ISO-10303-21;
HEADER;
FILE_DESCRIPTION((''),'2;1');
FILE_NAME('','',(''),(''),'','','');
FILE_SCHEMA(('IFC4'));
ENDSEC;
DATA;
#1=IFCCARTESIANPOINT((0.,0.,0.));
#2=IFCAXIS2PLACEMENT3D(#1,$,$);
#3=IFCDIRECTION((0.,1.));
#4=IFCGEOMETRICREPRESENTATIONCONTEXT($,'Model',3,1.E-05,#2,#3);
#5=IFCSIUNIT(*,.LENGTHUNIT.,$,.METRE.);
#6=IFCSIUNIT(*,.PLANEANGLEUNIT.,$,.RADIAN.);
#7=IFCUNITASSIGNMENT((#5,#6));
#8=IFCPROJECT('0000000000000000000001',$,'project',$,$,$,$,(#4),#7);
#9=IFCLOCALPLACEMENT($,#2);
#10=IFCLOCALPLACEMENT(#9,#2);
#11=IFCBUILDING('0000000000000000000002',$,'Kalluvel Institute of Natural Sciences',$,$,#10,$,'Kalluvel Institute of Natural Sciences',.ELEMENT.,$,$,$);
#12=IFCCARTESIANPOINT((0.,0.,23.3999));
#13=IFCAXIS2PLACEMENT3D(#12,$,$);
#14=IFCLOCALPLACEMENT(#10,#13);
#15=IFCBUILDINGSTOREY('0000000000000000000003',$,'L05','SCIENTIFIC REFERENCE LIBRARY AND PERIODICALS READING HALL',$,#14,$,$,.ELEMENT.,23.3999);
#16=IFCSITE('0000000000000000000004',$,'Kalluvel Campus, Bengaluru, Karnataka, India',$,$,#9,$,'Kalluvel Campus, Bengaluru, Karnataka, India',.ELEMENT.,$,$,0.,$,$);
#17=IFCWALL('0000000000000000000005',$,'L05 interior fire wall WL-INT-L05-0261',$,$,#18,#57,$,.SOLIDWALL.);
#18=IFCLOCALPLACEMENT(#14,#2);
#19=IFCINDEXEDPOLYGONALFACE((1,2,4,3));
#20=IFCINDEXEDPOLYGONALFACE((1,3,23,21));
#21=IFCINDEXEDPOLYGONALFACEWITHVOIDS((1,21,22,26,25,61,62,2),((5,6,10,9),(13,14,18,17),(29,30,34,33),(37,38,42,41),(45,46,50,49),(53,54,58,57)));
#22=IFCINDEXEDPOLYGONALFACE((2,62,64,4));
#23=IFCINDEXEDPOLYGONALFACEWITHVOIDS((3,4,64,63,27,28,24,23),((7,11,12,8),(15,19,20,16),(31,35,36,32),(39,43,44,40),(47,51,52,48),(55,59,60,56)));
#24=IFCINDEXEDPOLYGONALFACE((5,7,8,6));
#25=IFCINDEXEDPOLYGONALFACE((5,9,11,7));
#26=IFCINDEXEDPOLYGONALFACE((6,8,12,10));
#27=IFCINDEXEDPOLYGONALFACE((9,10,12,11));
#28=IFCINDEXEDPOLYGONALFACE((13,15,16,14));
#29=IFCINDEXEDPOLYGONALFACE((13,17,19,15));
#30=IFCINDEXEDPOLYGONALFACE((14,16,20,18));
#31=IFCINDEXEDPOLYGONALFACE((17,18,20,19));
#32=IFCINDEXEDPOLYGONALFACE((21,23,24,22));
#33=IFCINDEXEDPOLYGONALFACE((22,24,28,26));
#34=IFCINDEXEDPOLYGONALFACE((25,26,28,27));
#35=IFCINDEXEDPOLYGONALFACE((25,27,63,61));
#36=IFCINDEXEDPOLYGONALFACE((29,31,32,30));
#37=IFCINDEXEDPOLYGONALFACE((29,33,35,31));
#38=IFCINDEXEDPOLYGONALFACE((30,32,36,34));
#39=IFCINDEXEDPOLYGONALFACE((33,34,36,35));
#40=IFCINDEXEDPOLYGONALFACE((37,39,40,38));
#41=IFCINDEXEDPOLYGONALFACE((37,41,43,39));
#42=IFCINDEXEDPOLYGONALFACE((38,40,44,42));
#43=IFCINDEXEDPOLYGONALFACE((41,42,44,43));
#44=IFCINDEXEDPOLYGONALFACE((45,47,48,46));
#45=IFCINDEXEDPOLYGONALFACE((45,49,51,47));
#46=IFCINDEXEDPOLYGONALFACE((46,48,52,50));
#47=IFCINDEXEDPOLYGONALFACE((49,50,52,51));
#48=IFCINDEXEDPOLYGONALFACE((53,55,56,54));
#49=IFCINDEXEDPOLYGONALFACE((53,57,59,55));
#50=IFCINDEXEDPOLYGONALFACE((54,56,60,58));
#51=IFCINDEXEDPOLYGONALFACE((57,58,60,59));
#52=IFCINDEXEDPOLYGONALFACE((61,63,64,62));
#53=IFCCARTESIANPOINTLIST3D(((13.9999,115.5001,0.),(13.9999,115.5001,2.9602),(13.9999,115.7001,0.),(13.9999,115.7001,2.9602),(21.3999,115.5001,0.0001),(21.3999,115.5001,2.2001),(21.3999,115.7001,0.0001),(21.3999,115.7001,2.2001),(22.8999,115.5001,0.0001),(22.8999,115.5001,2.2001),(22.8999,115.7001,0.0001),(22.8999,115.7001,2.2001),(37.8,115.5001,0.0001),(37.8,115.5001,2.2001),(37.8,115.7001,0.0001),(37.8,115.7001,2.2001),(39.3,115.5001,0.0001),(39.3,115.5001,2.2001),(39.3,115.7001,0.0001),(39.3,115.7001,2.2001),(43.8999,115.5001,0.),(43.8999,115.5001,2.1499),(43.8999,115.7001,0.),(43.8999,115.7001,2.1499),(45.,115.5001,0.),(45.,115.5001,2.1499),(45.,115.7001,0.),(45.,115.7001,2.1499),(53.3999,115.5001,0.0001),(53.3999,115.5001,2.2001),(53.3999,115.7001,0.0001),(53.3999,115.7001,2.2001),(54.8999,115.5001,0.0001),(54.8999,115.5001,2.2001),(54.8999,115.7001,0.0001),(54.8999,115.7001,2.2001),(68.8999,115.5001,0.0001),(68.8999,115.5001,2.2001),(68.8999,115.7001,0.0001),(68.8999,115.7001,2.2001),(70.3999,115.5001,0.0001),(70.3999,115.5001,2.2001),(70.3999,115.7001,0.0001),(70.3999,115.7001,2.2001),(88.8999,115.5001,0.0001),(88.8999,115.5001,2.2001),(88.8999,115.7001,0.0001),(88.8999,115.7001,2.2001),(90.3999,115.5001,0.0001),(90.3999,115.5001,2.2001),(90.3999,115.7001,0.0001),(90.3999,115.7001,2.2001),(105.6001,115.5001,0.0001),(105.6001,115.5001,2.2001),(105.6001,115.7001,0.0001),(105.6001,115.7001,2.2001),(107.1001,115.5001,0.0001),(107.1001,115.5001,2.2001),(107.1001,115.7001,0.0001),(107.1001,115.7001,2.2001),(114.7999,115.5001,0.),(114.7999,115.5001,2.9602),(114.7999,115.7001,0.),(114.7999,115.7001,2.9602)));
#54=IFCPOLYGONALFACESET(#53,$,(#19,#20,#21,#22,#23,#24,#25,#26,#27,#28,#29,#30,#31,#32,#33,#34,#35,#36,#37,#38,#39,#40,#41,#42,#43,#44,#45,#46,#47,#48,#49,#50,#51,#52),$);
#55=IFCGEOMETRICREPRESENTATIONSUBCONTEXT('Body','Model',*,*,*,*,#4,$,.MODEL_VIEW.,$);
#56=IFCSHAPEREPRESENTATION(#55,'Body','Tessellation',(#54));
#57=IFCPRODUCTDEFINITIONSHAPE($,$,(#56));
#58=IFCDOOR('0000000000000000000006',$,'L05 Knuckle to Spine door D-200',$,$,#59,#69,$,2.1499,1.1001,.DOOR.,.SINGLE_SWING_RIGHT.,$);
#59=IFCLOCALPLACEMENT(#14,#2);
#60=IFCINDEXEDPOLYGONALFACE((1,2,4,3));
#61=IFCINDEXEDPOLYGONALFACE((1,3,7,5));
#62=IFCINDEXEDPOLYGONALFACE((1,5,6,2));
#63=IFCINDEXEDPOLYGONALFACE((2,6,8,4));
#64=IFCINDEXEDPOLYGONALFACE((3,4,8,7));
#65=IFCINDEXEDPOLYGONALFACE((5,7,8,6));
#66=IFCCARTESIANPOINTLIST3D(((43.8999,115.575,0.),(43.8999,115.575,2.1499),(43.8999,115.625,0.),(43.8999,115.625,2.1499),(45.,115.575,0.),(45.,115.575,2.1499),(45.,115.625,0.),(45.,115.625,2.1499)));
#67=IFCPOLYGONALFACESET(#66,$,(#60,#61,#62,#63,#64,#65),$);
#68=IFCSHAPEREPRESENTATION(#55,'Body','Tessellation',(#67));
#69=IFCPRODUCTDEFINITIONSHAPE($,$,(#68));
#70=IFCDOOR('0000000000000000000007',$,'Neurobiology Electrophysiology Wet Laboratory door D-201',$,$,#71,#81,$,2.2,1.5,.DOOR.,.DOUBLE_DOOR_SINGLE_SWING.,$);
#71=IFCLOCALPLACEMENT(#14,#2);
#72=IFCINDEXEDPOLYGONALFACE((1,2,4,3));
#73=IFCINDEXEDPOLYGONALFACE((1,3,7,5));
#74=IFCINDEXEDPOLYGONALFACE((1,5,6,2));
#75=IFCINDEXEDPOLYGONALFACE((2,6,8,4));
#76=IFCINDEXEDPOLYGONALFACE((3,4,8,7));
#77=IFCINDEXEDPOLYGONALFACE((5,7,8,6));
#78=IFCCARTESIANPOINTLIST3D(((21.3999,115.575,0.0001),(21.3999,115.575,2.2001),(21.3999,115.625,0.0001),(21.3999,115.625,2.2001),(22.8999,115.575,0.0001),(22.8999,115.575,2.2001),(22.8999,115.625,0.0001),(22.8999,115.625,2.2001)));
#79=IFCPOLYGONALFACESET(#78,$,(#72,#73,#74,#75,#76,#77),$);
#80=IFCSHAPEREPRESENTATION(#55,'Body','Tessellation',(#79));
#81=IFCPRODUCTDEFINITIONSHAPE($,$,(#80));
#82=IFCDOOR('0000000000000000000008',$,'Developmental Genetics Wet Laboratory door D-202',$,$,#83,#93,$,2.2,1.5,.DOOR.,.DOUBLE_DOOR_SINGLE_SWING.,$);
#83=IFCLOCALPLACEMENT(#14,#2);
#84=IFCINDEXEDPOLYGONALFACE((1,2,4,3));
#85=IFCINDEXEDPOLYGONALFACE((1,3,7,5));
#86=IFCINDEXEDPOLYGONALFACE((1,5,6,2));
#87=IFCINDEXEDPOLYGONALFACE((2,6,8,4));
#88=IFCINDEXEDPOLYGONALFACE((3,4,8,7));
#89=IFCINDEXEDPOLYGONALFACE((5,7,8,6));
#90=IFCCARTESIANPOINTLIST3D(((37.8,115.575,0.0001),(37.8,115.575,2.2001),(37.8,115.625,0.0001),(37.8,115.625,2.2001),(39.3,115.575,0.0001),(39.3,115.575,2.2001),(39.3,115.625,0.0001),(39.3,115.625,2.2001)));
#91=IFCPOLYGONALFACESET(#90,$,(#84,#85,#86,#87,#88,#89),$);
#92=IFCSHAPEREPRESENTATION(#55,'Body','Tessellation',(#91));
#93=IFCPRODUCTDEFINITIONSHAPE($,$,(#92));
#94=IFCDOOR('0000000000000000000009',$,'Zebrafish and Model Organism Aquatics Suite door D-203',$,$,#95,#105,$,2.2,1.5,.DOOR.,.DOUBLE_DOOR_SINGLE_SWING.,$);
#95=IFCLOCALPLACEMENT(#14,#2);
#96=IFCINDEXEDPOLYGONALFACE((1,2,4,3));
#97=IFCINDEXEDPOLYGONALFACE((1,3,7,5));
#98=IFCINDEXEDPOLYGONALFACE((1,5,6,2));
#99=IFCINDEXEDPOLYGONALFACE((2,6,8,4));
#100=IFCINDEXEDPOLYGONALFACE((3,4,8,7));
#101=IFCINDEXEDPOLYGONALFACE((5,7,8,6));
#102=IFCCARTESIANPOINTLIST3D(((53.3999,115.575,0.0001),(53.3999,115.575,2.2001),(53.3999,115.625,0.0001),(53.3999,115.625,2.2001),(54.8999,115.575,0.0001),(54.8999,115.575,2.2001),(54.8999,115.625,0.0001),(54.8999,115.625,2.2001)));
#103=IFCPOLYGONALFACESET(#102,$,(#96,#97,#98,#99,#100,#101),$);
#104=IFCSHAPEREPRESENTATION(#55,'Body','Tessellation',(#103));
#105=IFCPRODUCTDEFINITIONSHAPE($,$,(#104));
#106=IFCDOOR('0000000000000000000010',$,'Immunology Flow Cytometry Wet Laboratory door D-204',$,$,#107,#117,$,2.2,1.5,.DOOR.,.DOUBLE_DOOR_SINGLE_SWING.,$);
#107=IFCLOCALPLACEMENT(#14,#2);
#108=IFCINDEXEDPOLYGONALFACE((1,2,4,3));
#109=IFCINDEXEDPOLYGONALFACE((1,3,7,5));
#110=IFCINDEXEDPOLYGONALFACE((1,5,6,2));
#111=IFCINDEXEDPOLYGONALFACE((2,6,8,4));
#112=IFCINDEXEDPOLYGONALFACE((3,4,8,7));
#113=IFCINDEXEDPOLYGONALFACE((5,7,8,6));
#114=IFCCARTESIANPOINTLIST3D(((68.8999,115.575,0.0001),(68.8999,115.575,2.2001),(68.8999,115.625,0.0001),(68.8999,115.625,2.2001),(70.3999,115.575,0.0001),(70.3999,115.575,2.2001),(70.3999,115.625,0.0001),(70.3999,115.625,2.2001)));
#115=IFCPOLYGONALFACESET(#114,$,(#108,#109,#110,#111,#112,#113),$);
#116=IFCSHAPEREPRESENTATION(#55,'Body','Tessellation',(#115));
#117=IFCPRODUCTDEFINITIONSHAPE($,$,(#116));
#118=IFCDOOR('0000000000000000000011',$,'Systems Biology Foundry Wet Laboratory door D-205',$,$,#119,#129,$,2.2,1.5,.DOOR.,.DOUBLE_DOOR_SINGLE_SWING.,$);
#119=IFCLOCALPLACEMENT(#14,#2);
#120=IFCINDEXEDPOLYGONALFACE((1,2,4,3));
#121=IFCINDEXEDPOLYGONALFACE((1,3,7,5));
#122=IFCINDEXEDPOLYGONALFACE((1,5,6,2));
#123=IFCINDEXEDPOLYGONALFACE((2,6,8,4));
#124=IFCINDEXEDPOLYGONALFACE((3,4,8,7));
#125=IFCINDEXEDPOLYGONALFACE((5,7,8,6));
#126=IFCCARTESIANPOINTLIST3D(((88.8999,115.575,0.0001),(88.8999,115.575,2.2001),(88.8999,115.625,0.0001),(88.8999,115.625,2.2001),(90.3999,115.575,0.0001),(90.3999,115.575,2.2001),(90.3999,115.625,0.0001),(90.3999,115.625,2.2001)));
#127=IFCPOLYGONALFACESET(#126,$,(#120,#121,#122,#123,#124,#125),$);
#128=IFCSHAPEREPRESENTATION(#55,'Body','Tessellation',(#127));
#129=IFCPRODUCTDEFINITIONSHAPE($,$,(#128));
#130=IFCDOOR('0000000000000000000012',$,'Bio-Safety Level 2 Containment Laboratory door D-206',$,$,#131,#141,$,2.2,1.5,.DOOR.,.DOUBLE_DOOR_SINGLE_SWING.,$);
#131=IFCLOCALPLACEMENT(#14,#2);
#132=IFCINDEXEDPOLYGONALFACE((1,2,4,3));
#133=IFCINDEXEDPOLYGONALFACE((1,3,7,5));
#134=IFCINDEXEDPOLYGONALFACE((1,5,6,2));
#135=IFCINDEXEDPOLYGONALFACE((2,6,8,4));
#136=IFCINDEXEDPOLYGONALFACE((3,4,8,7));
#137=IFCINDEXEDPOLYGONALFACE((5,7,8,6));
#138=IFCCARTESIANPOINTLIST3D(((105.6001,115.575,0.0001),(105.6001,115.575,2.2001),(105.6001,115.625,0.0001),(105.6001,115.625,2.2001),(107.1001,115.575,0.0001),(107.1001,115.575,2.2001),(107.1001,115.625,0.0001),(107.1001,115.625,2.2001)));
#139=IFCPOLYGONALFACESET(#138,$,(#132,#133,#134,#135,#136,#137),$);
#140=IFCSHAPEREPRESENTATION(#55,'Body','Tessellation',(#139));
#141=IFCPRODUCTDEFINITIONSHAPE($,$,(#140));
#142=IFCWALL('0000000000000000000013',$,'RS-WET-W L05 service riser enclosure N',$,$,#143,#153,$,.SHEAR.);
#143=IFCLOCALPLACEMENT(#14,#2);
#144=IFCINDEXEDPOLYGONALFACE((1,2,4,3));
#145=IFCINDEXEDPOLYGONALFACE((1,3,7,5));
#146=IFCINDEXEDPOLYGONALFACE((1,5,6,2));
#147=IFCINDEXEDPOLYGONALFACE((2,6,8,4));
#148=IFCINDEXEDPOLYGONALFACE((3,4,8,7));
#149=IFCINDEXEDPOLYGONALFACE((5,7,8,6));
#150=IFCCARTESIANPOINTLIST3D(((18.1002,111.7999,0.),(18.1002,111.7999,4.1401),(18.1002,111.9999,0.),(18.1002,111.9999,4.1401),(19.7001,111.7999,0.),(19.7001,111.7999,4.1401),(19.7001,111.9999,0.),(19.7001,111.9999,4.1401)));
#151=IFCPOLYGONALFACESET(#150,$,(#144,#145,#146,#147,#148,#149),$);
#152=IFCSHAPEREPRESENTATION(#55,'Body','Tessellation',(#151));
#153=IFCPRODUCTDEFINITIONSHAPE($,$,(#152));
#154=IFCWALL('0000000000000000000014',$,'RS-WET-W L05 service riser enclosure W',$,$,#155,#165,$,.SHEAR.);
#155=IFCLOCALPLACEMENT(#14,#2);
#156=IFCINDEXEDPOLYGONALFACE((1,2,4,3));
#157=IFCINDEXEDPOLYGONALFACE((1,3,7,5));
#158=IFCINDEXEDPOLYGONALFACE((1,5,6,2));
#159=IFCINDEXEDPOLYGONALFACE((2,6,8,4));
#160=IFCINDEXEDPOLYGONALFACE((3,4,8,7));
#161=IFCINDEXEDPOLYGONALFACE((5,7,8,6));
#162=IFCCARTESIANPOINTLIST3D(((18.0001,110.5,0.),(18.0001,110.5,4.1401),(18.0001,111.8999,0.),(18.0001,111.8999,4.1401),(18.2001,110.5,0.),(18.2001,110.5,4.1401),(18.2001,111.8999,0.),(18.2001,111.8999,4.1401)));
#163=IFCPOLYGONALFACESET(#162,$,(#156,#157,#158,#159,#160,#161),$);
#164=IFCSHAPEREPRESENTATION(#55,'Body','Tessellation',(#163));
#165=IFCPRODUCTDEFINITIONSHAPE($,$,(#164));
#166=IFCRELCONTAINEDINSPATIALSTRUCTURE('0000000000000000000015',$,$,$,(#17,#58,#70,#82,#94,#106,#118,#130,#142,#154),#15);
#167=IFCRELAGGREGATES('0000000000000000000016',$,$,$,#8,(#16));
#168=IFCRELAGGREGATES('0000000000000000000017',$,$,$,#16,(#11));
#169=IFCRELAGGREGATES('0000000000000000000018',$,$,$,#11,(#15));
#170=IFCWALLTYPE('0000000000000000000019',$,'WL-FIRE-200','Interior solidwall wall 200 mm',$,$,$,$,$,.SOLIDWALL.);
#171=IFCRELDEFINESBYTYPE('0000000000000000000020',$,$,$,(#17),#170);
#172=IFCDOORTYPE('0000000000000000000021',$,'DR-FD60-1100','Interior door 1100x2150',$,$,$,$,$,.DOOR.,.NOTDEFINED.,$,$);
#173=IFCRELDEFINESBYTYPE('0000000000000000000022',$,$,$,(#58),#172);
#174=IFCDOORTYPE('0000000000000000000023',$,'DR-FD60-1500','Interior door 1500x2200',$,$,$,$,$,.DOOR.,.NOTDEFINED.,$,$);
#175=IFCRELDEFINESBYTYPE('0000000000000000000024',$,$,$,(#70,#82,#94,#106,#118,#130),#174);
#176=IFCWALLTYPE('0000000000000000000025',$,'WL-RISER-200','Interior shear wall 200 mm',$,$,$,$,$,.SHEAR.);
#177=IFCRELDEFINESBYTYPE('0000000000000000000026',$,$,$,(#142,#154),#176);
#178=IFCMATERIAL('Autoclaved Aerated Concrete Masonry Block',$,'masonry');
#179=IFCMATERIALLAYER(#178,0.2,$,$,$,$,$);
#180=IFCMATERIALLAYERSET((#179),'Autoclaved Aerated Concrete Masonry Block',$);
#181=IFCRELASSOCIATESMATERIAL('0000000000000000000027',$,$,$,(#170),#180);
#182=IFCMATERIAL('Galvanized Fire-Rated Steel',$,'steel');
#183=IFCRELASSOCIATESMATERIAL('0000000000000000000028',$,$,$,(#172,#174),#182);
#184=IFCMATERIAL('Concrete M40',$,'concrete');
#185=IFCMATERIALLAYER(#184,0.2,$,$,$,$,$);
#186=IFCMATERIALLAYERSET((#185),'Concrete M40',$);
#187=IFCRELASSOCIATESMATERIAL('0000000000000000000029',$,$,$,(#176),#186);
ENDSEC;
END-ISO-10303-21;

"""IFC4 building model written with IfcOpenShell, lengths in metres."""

from ifc_helpers import new_model, si_unit, direction, frame, frame_2d, origin, place, context, subcontext, project, spatial, rectangle, extrude, material, layer, layer_set, type_object, element, fill, save


model = new_model("IFC4")

# Units and contexts
model_context = context("Model", 3, precision=1e-05, world=origin(), true_north=direction((0.0, 1.0)))
body_context = subcontext(model_context, "Body", "Model", "MODEL_VIEW")
ifc_project = project(units=[si_unit("LENGTHUNIT", "METRE"), si_unit("PLANEANGLEUNIT", "RADIAN")], contexts=[model_context])

# Site, building, storey
site_placement = place(None, origin())
site = spatial("IfcSite", under=ifc_project, at=site_placement, Name="Kalluvel Campus, Bengaluru, Karnataka, India", LongName="Kalluvel Campus, Bengaluru, Karnataka, India", CompositionType="ELEMENT", RefElevation=0.0)
building_placement = place(site_placement, origin())
building = spatial("IfcBuilding", under=site, at=building_placement, Name="Kalluvel Institute of Natural Sciences", LongName="Kalluvel Institute of Natural Sciences", CompositionType="ELEMENT")
storey_placement = place(building_placement, frame((0.0, 0.0, 23.3999)))
storey = spatial("IfcBuildingStorey", under=building, at=storey_placement, Name="L05", Description="SCIENTIFIC REFERENCE LIBRARY AND PERIODICALS READING HALL", CompositionType="ELEMENT", Elevation=23.3999)

# Shared definitions
ifc_material_1 = material(Name="Concrete M40", Category="concrete")

# Wall, openings, doors
ifc_material_2 = material(Name="Autoclaved Aerated Concrete Masonry Block", Category="masonry")
ifc_layer_1 = layer(ifc_material_2, 0.2)
ifc_layer_set_1 = layer_set([ifc_layer_1], Name="Autoclaved Aerated Concrete Masonry Block")
wall_type_1 = type_object("IfcWallType", Name="WL-FIRE-200", Description="Interior solidwall wall 200 mm", PredefinedType="SOLIDWALL", material=ifc_layer_set_1)
wall_1_placement = place(storey_placement, frame((14.0, 115.6001, 0.0), z_axis=(0.0, 0.0, 1.0), x_axis=(1.0, 0.0, 0.0)))
wall_1 = element("IfcWall", 1, at=wall_1_placement, inside=storey, type_object=wall_type_1, Name="L05 interior fire wall WL-INT-L05-0261", PredefinedType="SOLIDWALL", context=body_context, shape_type="SweptSolid", body=[
    extrude(rectangle(XDim=100.8, YDim=0.2, at=frame_2d((50.3999, 0.0))), origin(), (0.0, 0.0, 1.0), 2.9602),
])
opening_1_placement = place(wall_1_placement, frame((29.8999, 0.0, 0.0)))
opening_1 = element("IfcOpeningElement", 2, at=opening_1_placement, cuts=wall_1, PredefinedType="OPENING", context=body_context, shape_type="SweptSolid", body=[
    extrude(rectangle(XDim=1.1001, YDim=2.1499, at=frame_2d((0.55, 1.075))), frame((0.0, 0.1099, 0.0), z_axis=(0.0, -1.0, 0.0), x_axis=(1.0, 0.0, 0.0)), (0.0, 0.0, 1.0), 0.22),
])
opening_2_placement = place(wall_1_placement, frame((7.3999, 0.0, 0.0)))
opening_2 = element("IfcOpeningElement", 3, at=opening_2_placement, cuts=wall_1, PredefinedType="OPENING", context=body_context, shape_type="SweptSolid", body=[
    extrude(rectangle(XDim=1.5, YDim=2.2, at=frame_2d((0.75, 1.1001))), frame((0.0, 0.1099, 0.0), z_axis=(0.0, -1.0, 0.0), x_axis=(1.0, 0.0, 0.0)), (0.0, 0.0, 1.0), 0.22),
])
opening_3_placement = place(wall_1_placement, frame((23.8, 0.0, 0.0)))
opening_3 = element("IfcOpeningElement", 4, at=opening_3_placement, cuts=wall_1, PredefinedType="OPENING", context=body_context, shape_type="SweptSolid", body=[
    extrude(rectangle(XDim=1.5, YDim=2.2, at=frame_2d((0.75, 1.1001))), frame((0.0, 0.1099, 0.0), z_axis=(0.0, -1.0, 0.0), x_axis=(1.0, 0.0, 0.0)), (0.0, 0.0, 1.0), 0.22),
])
opening_4_placement = place(wall_1_placement, frame((39.3999, 0.0, 0.0)))
opening_4 = element("IfcOpeningElement", 5, at=opening_4_placement, cuts=wall_1, PredefinedType="OPENING", context=body_context, shape_type="SweptSolid", body=[
    extrude(rectangle(XDim=1.5, YDim=2.2, at=frame_2d((0.75, 1.1001))), frame((0.0, 0.1099, 0.0), z_axis=(0.0, -1.0, 0.0), x_axis=(1.0, 0.0, 0.0)), (0.0, 0.0, 1.0), 0.22),
])
opening_5_placement = place(wall_1_placement, frame((54.8999, 0.0, 0.0)))
opening_5 = element("IfcOpeningElement", 6, at=opening_5_placement, cuts=wall_1, PredefinedType="OPENING", context=body_context, shape_type="SweptSolid", body=[
    extrude(rectangle(XDim=1.5, YDim=2.2, at=frame_2d((0.75, 1.1001))), frame((0.0, 0.1099, 0.0), z_axis=(0.0, -1.0, 0.0), x_axis=(1.0, 0.0, 0.0)), (0.0, 0.0, 1.0), 0.22),
])
opening_6_placement = place(wall_1_placement, frame((74.8999, 0.0, 0.0)))
opening_6 = element("IfcOpeningElement", 7, at=opening_6_placement, cuts=wall_1, PredefinedType="OPENING", context=body_context, shape_type="SweptSolid", body=[
    extrude(rectangle(XDim=1.5, YDim=2.2, at=frame_2d((0.75, 1.1001))), frame((0.0, 0.1099, 0.0), z_axis=(0.0, -1.0, 0.0), x_axis=(1.0, 0.0, 0.0)), (0.0, 0.0, 1.0), 0.22),
])
opening_7_placement = place(wall_1_placement, frame((91.6001, 0.0, 0.0)))
opening_7 = element("IfcOpeningElement", 8, at=opening_7_placement, cuts=wall_1, PredefinedType="OPENING", context=body_context, shape_type="SweptSolid", body=[
    extrude(rectangle(XDim=1.5, YDim=2.2, at=frame_2d((0.75, 1.1001))), frame((0.0, 0.1099, 0.0), z_axis=(0.0, -1.0, 0.0), x_axis=(1.0, 0.0, 0.0)), (0.0, 0.0, 1.0), 0.22),
])
ifc_material_3 = material(Name="Galvanized Fire-Rated Steel", Category="steel")
door_type_1 = type_object("IfcDoorType", Name="DR-FD60-1100", Description="Interior door 1100x2150", OperationType="NOTDEFINED", PredefinedType="DOOR", material=ifc_material_3)
door_1_placement = place(opening_1_placement, origin())
door_1 = element("IfcDoor", 9, at=door_1_placement, inside=storey, type_object=door_type_1, Name="L05 Knuckle to Spine door D-200", OperationType="SINGLE_SWING_RIGHT", OverallHeight=2.1499, OverallWidth=1.1001, PredefinedType="DOOR", context=body_context, shape_type="SweptSolid", body=[
    extrude(rectangle(XDim=1.1001, YDim=2.1499, at=frame_2d((0.55, 1.075))), frame((0.0, 0.0249, 0.0), z_axis=(0.0, -1.0, 0.0), x_axis=(1.0, 0.0, 0.0)), (0.0, 0.0, 1.0), 0.05),
])
fill(opening_1, door_1)
door_type_2 = type_object("IfcDoorType", Name="DR-FD60-1500", Description="Interior door 1500x2200", OperationType="NOTDEFINED", PredefinedType="DOOR", material=ifc_material_3)
door_2_placement = place(opening_2_placement, origin())
door_2 = element("IfcDoor", 10, at=door_2_placement, inside=storey, type_object=door_type_2, Name="Neurobiology Electrophysiology Wet Laboratory door D-201", OperationType="DOUBLE_DOOR_SINGLE_SWING", OverallHeight=2.2, OverallWidth=1.5, PredefinedType="DOOR", context=body_context, shape_type="SweptSolid", body=[
    extrude(rectangle(XDim=1.5, YDim=2.2, at=frame_2d((0.75, 1.1001))), frame((0.0, 0.0249, 0.0), z_axis=(0.0, -1.0, 0.0), x_axis=(1.0, 0.0, 0.0)), (0.0, 0.0, 1.0), 0.05),
])
fill(opening_2, door_2)
door_3_placement = place(opening_3_placement, origin())
door_3 = element("IfcDoor", 11, at=door_3_placement, inside=storey, type_object=door_type_2, Name="Developmental Genetics Wet Laboratory door D-202", OperationType="DOUBLE_DOOR_SINGLE_SWING", OverallHeight=2.2, OverallWidth=1.5, PredefinedType="DOOR", context=body_context, shape_type="SweptSolid", body=[
    extrude(rectangle(XDim=1.5, YDim=2.2, at=frame_2d((0.75, 1.1001))), frame((0.0, 0.0249, 0.0), z_axis=(0.0, -1.0, 0.0), x_axis=(1.0, 0.0, 0.0)), (0.0, 0.0, 1.0), 0.05),
])
fill(opening_3, door_3)
door_4_placement = place(opening_4_placement, origin())
door_4 = element("IfcDoor", 12, at=door_4_placement, inside=storey, type_object=door_type_2, Name="Zebrafish and Model Organism Aquatics Suite door D-203", OperationType="DOUBLE_DOOR_SINGLE_SWING", OverallHeight=2.2, OverallWidth=1.5, PredefinedType="DOOR", context=body_context, shape_type="SweptSolid", body=[
    extrude(rectangle(XDim=1.5, YDim=2.2, at=frame_2d((0.75, 1.1001))), frame((0.0, 0.0249, 0.0), z_axis=(0.0, -1.0, 0.0), x_axis=(1.0, 0.0, 0.0)), (0.0, 0.0, 1.0), 0.05),
])
fill(opening_4, door_4)
door_5_placement = place(opening_5_placement, origin())
door_5 = element("IfcDoor", 13, at=door_5_placement, inside=storey, type_object=door_type_2, Name="Immunology Flow Cytometry Wet Laboratory door D-204", OperationType="DOUBLE_DOOR_SINGLE_SWING", OverallHeight=2.2, OverallWidth=1.5, PredefinedType="DOOR", context=body_context, shape_type="SweptSolid", body=[
    extrude(rectangle(XDim=1.5, YDim=2.2, at=frame_2d((0.75, 1.1001))), frame((0.0, 0.0249, 0.0), z_axis=(0.0, -1.0, 0.0), x_axis=(1.0, 0.0, 0.0)), (0.0, 0.0, 1.0), 0.05),
])
fill(opening_5, door_5)
door_6_placement = place(opening_6_placement, origin())
door_6 = element("IfcDoor", 14, at=door_6_placement, inside=storey, type_object=door_type_2, Name="Systems Biology Foundry Wet Laboratory door D-205", OperationType="DOUBLE_DOOR_SINGLE_SWING", OverallHeight=2.2, OverallWidth=1.5, PredefinedType="DOOR", context=body_context, shape_type="SweptSolid", body=[
    extrude(rectangle(XDim=1.5, YDim=2.2, at=frame_2d((0.75, 1.1001))), frame((0.0, 0.0249, 0.0), z_axis=(0.0, -1.0, 0.0), x_axis=(1.0, 0.0, 0.0)), (0.0, 0.0, 1.0), 0.05),
])
fill(opening_6, door_6)
door_7_placement = place(opening_7_placement, origin())
door_7 = element("IfcDoor", 15, at=door_7_placement, inside=storey, type_object=door_type_2, Name="Bio-Safety Level 2 Containment Laboratory door D-206", OperationType="DOUBLE_DOOR_SINGLE_SWING", OverallHeight=2.2, OverallWidth=1.5, PredefinedType="DOOR", context=body_context, shape_type="SweptSolid", body=[
    extrude(rectangle(XDim=1.5, YDim=2.2, at=frame_2d((0.75, 1.1001))), frame((0.0, 0.0249, 0.0), z_axis=(0.0, -1.0, 0.0), x_axis=(1.0, 0.0, 0.0)), (0.0, 0.0, 1.0), 0.05),
])
fill(opening_7, door_7)

# Walls
ifc_layer_2 = layer(ifc_material_1, 0.2)
ifc_layer_set_2 = layer_set([ifc_layer_2], Name="Concrete M40")
wall_type_2 = type_object("IfcWallType", Name="WL-RISER-200", Description="Interior shear wall 200 mm", PredefinedType="SHEAR", material=ifc_layer_set_2)
wall_2_placement = place(storey_placement, frame((19.7, 111.8999, 0.0), z_axis=(0.0, 0.0, 1.0), x_axis=(-1.0, 0.0, 0.0)))
element("IfcWall", 16, at=wall_2_placement, inside=storey, type_object=wall_type_2, Name="RS-WET-W L05 service riser enclosure N", PredefinedType="SHEAR", context=body_context, shape_type="SweptSolid", body=[
    extrude(rectangle(XDim=1.5999, YDim=0.2, at=frame_2d((0.7998, 0.0))), origin(), (0.0, 0.0, 1.0), 4.1401),
])
wall_3_placement = place(storey_placement, frame((18.1001, 111.8999, 0.0), z_axis=(0.0, 0.0, 1.0), x_axis=(0.0, -1.0, 0.0)))
element("IfcWall", 17, at=wall_3_placement, inside=storey, type_object=wall_type_2, Name="RS-WET-W L05 service riser enclosure W", PredefinedType="SHEAR", context=body_context, shape_type="SweptSolid", body=[
    extrude(rectangle(XDim=1.3999, YDim=0.2, at=frame_2d((0.7, 0.0))), origin(), (0.0, 0.0, 1.0), 4.1401),
])

save(model, "model.ifc")
